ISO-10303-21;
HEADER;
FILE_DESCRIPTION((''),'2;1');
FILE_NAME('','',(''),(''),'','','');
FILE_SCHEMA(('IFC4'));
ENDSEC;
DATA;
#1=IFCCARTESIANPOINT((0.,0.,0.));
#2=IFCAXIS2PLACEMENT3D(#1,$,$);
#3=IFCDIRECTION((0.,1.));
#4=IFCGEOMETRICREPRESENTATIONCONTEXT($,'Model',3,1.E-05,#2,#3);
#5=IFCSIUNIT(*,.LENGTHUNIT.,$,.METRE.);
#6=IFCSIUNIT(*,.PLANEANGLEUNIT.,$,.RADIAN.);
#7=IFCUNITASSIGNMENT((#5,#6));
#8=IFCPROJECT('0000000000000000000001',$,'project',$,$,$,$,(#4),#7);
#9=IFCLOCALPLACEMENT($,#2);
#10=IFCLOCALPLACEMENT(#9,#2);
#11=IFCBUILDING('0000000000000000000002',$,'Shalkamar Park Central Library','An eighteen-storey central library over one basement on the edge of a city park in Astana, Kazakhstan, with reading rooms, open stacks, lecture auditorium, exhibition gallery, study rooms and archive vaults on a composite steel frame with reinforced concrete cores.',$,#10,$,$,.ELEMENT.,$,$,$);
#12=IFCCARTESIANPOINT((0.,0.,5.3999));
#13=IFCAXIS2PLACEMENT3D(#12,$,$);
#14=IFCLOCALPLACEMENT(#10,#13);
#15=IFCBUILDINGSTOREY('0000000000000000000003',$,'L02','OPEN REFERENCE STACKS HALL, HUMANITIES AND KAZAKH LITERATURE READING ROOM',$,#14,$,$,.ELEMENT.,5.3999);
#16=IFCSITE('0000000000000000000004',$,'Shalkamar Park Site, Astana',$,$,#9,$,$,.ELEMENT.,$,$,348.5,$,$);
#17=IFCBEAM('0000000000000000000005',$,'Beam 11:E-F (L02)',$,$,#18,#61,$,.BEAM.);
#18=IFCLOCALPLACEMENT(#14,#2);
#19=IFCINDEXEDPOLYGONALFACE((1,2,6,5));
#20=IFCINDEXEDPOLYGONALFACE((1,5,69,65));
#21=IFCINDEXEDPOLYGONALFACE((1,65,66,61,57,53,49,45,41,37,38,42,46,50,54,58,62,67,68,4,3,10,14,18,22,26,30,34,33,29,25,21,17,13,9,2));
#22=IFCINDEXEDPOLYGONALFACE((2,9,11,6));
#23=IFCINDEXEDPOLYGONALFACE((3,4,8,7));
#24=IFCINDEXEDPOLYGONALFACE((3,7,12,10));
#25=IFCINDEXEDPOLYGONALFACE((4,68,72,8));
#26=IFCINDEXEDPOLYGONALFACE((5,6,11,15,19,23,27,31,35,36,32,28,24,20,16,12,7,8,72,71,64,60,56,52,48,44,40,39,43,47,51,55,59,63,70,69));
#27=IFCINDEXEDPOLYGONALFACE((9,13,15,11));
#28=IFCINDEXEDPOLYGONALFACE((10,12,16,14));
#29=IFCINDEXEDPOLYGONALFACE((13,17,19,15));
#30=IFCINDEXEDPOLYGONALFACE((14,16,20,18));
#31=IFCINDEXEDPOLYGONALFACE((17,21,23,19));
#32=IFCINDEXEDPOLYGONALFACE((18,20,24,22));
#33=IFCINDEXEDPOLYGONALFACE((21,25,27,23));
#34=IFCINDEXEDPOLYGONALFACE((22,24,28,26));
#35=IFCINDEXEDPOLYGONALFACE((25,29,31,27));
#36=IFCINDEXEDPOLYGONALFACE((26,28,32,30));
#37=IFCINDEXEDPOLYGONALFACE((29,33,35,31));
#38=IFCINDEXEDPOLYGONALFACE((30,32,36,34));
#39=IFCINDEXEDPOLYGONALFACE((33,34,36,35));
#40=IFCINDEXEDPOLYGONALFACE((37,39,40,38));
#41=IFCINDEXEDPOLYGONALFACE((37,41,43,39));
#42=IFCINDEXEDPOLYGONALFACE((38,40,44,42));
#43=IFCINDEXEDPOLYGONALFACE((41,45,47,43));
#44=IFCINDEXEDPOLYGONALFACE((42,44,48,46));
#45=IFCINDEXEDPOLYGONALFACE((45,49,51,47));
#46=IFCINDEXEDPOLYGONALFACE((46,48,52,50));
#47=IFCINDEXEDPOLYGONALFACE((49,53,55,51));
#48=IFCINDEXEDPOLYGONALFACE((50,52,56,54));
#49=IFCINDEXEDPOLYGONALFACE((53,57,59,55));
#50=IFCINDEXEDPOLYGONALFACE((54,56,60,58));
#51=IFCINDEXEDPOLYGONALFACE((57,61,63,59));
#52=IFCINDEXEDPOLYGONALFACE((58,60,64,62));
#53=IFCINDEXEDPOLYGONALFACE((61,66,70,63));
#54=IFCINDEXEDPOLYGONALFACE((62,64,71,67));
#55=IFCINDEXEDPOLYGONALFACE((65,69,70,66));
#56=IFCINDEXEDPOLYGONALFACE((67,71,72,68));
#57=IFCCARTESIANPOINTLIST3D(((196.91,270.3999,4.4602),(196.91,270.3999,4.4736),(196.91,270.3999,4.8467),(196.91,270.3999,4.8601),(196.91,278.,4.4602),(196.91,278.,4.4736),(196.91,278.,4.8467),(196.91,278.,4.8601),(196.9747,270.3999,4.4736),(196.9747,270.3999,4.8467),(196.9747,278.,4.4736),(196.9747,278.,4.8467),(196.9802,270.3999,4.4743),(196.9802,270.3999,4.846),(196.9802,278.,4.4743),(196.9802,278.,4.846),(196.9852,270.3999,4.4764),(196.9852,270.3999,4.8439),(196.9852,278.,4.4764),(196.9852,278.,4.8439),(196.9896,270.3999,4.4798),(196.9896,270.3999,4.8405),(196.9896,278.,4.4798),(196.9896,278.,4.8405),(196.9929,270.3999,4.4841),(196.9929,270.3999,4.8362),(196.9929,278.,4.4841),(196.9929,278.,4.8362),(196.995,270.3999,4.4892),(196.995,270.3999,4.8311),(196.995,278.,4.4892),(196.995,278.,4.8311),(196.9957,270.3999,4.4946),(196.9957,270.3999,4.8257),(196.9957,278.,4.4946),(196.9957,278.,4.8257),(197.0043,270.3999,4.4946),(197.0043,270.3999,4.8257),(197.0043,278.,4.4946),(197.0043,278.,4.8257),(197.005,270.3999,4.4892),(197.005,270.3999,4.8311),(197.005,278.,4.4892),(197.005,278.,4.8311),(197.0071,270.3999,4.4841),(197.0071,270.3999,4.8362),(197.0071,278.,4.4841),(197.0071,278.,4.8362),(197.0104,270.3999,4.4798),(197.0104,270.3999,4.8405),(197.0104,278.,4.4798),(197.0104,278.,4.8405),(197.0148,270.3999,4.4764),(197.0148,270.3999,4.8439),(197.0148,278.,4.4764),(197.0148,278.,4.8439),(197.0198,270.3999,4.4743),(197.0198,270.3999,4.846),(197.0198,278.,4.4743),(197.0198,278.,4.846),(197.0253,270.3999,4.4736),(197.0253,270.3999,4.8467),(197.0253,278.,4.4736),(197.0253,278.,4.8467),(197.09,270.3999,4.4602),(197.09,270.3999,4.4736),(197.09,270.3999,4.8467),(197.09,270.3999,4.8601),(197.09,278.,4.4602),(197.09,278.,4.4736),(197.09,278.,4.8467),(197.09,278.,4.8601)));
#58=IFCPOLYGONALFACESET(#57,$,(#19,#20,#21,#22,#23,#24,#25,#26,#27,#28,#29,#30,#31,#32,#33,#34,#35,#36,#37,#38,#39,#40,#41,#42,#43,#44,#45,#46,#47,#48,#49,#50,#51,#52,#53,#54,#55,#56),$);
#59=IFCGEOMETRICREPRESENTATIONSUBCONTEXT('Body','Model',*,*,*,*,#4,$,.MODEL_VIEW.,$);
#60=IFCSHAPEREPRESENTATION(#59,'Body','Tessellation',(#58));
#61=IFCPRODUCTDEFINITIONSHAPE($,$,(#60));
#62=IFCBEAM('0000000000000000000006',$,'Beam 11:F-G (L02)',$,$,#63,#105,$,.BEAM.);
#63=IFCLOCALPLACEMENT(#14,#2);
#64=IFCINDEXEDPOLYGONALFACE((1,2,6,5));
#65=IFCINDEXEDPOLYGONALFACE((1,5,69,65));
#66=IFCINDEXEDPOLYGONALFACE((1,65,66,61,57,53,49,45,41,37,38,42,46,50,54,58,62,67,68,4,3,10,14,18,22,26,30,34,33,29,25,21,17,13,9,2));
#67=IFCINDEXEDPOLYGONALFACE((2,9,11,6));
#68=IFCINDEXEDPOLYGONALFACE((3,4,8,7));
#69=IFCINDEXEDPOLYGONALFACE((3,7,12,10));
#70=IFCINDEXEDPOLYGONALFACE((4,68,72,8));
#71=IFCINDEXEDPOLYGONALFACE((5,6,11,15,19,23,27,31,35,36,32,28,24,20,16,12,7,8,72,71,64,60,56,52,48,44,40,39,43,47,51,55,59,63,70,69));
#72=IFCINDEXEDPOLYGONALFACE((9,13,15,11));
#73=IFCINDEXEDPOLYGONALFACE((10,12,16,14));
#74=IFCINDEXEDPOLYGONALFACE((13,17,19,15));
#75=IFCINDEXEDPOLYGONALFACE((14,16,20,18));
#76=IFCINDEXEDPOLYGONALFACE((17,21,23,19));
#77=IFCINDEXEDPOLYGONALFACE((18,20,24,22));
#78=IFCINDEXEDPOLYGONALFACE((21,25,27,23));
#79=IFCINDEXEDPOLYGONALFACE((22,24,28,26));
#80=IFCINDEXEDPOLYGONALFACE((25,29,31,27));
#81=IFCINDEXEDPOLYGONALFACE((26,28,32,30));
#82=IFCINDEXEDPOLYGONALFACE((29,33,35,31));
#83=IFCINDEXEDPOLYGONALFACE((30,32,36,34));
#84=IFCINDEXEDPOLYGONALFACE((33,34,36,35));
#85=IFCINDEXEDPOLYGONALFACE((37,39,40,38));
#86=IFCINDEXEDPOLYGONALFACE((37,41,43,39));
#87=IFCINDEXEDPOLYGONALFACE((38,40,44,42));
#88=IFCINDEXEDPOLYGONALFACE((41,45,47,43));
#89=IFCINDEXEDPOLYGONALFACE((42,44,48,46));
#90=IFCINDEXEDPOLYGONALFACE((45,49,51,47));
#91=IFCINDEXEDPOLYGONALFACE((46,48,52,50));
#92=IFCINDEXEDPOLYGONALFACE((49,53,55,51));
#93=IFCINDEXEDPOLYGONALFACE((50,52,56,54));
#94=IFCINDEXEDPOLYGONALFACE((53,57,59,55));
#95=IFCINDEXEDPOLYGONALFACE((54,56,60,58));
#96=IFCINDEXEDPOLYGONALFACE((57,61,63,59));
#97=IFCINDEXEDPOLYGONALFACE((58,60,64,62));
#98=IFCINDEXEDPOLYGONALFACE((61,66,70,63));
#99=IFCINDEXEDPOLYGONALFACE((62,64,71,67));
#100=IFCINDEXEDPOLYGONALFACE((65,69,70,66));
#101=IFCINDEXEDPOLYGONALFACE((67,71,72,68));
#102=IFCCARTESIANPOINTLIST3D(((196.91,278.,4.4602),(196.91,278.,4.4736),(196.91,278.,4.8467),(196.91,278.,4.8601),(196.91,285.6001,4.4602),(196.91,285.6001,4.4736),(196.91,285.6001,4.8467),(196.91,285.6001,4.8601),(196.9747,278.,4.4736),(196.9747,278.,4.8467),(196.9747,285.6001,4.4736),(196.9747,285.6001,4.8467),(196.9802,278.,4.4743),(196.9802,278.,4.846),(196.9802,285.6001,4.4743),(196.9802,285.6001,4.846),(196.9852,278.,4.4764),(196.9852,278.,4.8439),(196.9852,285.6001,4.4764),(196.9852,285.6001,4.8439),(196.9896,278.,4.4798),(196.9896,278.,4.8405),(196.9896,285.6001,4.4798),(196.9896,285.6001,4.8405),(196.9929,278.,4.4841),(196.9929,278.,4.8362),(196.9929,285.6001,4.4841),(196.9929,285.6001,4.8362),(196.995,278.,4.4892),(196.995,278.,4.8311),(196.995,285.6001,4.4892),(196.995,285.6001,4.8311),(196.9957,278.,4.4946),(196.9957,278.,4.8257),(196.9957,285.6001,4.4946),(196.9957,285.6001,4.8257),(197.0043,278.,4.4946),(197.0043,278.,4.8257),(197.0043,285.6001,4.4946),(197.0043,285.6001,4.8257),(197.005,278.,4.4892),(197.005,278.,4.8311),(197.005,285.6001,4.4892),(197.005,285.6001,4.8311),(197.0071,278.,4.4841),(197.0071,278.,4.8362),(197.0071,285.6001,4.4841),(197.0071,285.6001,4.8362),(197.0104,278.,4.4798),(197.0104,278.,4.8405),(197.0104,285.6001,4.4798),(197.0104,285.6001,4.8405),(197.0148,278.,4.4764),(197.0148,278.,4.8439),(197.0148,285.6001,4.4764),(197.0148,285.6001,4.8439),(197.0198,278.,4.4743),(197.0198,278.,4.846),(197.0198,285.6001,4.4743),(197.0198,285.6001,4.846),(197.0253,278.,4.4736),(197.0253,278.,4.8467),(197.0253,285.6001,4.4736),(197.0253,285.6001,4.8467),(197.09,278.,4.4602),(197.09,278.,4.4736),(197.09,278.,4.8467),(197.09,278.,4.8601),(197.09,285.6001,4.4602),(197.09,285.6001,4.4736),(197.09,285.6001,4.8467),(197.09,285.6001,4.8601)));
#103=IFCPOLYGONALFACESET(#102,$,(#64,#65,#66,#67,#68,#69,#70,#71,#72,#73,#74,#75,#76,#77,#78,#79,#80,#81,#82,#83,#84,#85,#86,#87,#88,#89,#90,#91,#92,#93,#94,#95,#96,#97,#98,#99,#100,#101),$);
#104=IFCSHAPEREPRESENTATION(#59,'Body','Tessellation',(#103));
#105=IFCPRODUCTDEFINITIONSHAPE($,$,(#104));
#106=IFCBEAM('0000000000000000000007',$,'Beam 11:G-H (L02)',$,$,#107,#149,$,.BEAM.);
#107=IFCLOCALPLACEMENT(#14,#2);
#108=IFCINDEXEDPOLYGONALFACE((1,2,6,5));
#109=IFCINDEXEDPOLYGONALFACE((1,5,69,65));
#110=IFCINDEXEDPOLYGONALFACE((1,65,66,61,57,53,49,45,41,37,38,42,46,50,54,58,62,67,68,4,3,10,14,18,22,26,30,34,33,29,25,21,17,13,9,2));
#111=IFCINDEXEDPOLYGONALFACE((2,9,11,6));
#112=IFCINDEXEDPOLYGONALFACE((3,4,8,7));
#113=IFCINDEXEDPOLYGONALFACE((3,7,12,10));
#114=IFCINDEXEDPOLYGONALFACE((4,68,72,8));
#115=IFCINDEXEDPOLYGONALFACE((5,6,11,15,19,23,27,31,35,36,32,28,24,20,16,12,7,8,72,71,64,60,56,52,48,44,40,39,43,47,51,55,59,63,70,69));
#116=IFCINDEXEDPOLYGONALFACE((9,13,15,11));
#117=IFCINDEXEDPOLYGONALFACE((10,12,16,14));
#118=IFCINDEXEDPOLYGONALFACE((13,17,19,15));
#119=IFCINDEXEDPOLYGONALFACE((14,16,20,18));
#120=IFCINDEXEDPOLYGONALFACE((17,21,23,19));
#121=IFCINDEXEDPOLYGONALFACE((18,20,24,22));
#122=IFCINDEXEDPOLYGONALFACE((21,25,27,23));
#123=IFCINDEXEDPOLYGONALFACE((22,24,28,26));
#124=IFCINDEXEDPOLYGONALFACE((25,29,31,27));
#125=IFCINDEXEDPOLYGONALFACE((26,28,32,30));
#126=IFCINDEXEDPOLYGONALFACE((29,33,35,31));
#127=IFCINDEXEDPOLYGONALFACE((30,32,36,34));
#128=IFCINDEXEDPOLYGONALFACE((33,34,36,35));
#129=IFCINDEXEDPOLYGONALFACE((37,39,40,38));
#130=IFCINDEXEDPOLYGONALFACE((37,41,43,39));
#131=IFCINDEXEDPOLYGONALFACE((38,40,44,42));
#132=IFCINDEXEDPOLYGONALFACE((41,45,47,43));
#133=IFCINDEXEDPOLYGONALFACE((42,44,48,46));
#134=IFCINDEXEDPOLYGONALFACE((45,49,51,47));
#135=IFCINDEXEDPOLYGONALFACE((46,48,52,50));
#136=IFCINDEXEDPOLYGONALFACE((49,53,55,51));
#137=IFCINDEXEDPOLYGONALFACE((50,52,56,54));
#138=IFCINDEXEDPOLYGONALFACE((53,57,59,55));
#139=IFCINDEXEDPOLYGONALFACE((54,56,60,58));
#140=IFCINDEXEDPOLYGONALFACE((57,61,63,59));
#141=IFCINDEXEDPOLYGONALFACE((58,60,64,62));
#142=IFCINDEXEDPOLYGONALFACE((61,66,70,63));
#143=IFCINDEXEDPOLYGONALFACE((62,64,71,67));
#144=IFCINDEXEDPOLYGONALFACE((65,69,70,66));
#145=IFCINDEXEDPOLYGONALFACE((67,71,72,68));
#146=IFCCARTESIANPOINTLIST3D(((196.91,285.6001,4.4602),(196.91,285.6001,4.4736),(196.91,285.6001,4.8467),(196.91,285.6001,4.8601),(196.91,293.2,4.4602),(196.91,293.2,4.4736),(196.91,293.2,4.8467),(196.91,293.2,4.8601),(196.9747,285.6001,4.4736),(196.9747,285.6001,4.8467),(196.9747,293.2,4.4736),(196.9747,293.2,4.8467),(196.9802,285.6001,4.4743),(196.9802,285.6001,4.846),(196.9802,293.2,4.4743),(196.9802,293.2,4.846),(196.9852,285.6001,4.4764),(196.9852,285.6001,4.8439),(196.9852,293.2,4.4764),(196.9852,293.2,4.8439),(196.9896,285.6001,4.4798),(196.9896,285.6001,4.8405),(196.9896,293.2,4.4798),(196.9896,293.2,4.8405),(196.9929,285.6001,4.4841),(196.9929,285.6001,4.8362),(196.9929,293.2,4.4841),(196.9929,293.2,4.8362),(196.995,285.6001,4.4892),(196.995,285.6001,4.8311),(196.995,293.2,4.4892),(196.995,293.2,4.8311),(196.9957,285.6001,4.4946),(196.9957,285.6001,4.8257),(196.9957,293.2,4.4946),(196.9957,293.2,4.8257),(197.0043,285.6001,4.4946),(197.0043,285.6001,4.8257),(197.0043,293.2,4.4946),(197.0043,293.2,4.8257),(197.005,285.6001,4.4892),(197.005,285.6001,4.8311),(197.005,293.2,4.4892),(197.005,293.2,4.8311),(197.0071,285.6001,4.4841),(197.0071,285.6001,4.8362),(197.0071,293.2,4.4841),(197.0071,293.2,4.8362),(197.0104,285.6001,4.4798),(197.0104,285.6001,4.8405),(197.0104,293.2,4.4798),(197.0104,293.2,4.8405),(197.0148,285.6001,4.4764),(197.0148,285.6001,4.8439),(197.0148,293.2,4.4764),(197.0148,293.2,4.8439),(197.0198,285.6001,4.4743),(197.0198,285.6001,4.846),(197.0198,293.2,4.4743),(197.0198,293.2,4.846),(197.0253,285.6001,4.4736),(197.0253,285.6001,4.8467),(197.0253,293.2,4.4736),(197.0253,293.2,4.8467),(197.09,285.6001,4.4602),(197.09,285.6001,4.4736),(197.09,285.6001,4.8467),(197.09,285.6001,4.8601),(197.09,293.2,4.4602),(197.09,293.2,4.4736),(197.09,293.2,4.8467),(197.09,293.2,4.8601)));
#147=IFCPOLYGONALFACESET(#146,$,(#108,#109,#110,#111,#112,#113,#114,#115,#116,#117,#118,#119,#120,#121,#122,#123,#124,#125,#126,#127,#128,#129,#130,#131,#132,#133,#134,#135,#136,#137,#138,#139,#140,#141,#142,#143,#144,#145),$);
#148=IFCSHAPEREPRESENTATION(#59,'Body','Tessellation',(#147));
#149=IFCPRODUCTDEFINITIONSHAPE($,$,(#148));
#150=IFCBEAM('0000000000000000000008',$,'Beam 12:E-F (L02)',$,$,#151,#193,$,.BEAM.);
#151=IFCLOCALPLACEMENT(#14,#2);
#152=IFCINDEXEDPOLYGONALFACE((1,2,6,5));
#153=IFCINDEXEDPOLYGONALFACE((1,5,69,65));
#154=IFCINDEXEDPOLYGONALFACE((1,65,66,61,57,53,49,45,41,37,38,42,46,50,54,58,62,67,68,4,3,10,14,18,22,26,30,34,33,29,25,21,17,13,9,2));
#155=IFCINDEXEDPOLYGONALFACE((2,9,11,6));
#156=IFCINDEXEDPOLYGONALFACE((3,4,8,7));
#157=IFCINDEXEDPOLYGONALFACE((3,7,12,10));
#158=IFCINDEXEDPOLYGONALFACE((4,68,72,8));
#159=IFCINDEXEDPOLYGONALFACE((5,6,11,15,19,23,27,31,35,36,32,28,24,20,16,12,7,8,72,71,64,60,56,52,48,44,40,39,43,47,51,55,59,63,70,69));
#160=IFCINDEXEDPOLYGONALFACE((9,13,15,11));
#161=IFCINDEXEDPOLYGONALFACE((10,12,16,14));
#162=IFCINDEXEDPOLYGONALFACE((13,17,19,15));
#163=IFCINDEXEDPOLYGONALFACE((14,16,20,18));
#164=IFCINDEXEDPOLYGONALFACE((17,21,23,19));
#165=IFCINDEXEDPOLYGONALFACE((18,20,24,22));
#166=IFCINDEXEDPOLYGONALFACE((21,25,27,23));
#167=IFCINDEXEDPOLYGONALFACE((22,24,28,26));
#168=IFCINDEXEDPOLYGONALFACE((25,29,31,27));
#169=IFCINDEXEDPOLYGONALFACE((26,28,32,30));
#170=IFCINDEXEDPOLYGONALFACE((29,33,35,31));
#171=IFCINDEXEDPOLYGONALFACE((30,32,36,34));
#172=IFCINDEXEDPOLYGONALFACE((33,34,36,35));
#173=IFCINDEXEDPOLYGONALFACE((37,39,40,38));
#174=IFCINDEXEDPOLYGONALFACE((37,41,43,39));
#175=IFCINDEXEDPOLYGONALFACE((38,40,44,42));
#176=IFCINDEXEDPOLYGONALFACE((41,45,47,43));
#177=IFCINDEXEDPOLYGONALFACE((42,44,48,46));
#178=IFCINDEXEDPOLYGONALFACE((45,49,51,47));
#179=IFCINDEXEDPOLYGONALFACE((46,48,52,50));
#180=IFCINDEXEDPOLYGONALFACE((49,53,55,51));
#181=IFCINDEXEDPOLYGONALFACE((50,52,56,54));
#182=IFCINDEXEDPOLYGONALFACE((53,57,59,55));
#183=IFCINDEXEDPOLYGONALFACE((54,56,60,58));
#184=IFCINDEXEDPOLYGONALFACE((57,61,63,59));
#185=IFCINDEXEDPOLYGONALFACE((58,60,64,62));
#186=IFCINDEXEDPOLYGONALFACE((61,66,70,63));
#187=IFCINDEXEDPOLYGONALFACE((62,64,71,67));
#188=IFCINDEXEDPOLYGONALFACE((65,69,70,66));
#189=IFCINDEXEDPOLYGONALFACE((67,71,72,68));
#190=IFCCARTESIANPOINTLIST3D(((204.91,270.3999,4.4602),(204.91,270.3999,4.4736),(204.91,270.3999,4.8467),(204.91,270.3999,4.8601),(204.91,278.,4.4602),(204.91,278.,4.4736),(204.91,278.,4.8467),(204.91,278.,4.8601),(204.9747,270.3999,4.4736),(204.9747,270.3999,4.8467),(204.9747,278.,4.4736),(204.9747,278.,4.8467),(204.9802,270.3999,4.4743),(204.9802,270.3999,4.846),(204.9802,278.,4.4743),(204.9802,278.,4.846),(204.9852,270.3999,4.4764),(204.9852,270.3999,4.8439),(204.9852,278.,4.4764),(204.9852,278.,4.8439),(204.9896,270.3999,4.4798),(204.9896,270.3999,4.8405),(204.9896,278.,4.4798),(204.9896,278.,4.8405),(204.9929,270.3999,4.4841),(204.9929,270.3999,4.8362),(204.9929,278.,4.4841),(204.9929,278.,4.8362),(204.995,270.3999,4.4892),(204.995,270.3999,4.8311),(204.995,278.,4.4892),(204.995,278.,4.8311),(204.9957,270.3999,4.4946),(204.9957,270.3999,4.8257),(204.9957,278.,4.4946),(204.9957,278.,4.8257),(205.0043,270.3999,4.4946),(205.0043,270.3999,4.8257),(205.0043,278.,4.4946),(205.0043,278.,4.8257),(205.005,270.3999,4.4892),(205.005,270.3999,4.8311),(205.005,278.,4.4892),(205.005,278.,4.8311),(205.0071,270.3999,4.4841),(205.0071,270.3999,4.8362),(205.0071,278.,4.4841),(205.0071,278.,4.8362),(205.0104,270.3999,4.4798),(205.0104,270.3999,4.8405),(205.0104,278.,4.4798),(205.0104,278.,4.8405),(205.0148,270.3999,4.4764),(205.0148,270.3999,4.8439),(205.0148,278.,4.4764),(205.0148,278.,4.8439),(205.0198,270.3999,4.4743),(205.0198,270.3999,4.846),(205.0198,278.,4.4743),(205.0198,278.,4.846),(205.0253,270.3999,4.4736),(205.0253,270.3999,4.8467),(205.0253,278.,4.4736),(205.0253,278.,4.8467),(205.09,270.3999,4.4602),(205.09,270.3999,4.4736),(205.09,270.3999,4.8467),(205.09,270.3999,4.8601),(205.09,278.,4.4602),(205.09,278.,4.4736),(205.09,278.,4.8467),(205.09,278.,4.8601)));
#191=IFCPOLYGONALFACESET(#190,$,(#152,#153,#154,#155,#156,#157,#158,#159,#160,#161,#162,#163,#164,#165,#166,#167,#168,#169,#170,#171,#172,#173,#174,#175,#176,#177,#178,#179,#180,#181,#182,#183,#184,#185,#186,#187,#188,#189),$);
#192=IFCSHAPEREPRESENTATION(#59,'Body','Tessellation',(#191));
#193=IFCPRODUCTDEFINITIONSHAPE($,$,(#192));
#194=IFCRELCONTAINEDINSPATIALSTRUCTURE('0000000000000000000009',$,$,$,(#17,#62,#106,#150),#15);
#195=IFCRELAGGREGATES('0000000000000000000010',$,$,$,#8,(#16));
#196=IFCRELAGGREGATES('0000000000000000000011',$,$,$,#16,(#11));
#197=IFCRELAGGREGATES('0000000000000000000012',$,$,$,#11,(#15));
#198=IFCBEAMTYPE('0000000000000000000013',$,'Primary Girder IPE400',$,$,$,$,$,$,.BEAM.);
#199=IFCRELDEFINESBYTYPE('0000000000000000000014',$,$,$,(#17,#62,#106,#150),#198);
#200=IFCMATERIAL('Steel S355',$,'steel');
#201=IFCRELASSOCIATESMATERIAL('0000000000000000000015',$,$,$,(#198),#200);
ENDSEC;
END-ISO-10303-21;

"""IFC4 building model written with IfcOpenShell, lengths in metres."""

from ifc_helpers import new_model, si_unit, direction, frame, origin, origin_2d, place, context, subcontext, project, spatial, i_section, extrude, material, material_profile, profile_set, type_object, element, save


model = new_model("IFC4")

# Units and contexts
model_context = context("Model", 3, precision=1e-05, world=origin(), true_north=direction((0.0, 1.0)))
body_context = subcontext(model_context, "Body", "Model", "MODEL_VIEW")
ifc_project = project(units=[si_unit("LENGTHUNIT", "METRE"), si_unit("PLANEANGLEUNIT", "RADIAN")], contexts=[model_context])

# Site, building, storey
site_placement = place(None, origin())
site = spatial("IfcSite", under=ifc_project, at=site_placement, Name="Shalkamar Park Site, Astana", CompositionType="ELEMENT", RefElevation=348.5)
building_placement = place(site_placement, origin())
building = spatial("IfcBuilding", under=site, at=building_placement, Name="Shalkamar Park Central Library", Description="An eighteen-storey central library over one basement on the edge of a city park in Astana, Kazakhstan, with reading rooms, open stacks, lecture auditorium, exhibition gallery, study rooms and archive vaults on a composite steel frame with reinforced concrete cores.", CompositionType="ELEMENT")
storey_placement = place(building_placement, frame((0.0, 0.0, 5.3999)))
storey = spatial("IfcBuildingStorey", under=building, at=storey_placement, Name="L02", Description="OPEN REFERENCE STACKS HALL, HUMANITIES AND KAZAKH LITERATURE READING ROOM", CompositionType="ELEMENT", Elevation=5.3999)

# Shared definitions
ifc_material = material(Name="Steel S355", Category="steel")

# Beams
ifc_material_profile_1 = material_profile(ifc_material, i_section(OverallWidth=0.1799, OverallDepth=0.3999, WebThickness=0.0085, FlangeThickness=0.0134, FilletRadius=0.021, at=origin_2d()), Name="IPE 400")
ifc_profile_set_1 = profile_set([ifc_material_profile_1], Name="Steel S355")
beam_type_1 = type_object("IfcBeamType", Name="Primary Girder IPE400", PredefinedType="BEAM", material=ifc_profile_set_1)
for number, where, z_axis, x_axis, name in (
    (1, (197.0, 270.3999, 4.6602), (0.0, 1.0, 0.0), (-1.0, 0.0, 0.0), "Beam 11:E-F (L02)"),
    (2, (197.0, 278.0, 4.6602), (0.0, 1.0, 0.0), (-1.0, 0.0, 0.0), "Beam 11:F-G (L02)"),
):
    element("IfcBeam", number, at=place(storey_placement, frame(where, z_axis=z_axis, x_axis=x_axis)), inside=storey, type_object=beam_type_1, Name=name, PredefinedType="BEAM", context=body_context, shape_type="SweptSolid", body=[
        extrude(i_section(OverallWidth=0.1799, OverallDepth=0.3999, WebThickness=0.0085, FlangeThickness=0.0134, FilletRadius=0.021, at=origin_2d()), origin(), (0.0, 0.0, 1.0), 7.6001),
    ])
beam_1_placement = place(storey_placement, frame((197.0, 285.6001, 4.6602), z_axis=(0.0, 1.0, 0.0), x_axis=(-1.0, 0.0, 0.0)))
element("IfcBeam", 3, at=beam_1_placement, inside=storey, type_object=beam_type_1, Name="Beam 11:G-H (L02)", PredefinedType="BEAM", context=body_context, shape_type="SweptSolid", body=[
    extrude(i_section(OverallWidth=0.1799, OverallDepth=0.3999, WebThickness=0.0085, FlangeThickness=0.0134, FilletRadius=0.021, at=origin_2d()), origin(), (0.0, 0.0, 1.0), 7.5999),
])
for number, where, z_axis, x_axis, name in (
    (4, (205.0, 270.3999, 4.6602), (0.0, 1.0, 0.0), (-1.0, 0.0, 0.0), "Beam 12:E-F (L02)"),
):
    element("IfcBeam", number, at=place(storey_placement, frame(where, z_axis=z_axis, x_axis=x_axis)), inside=storey, type_object=beam_type_1, Name=name, PredefinedType="BEAM", context=body_context, shape_type="SweptSolid", body=[
        extrude(i_section(OverallWidth=0.1799, OverallDepth=0.3999, WebThickness=0.0085, FlangeThickness=0.0134, FilletRadius=0.021, at=origin_2d()), origin(), (0.0, 0.0, 1.0), 7.6001),
    ])

save(model, "model.ifc")
